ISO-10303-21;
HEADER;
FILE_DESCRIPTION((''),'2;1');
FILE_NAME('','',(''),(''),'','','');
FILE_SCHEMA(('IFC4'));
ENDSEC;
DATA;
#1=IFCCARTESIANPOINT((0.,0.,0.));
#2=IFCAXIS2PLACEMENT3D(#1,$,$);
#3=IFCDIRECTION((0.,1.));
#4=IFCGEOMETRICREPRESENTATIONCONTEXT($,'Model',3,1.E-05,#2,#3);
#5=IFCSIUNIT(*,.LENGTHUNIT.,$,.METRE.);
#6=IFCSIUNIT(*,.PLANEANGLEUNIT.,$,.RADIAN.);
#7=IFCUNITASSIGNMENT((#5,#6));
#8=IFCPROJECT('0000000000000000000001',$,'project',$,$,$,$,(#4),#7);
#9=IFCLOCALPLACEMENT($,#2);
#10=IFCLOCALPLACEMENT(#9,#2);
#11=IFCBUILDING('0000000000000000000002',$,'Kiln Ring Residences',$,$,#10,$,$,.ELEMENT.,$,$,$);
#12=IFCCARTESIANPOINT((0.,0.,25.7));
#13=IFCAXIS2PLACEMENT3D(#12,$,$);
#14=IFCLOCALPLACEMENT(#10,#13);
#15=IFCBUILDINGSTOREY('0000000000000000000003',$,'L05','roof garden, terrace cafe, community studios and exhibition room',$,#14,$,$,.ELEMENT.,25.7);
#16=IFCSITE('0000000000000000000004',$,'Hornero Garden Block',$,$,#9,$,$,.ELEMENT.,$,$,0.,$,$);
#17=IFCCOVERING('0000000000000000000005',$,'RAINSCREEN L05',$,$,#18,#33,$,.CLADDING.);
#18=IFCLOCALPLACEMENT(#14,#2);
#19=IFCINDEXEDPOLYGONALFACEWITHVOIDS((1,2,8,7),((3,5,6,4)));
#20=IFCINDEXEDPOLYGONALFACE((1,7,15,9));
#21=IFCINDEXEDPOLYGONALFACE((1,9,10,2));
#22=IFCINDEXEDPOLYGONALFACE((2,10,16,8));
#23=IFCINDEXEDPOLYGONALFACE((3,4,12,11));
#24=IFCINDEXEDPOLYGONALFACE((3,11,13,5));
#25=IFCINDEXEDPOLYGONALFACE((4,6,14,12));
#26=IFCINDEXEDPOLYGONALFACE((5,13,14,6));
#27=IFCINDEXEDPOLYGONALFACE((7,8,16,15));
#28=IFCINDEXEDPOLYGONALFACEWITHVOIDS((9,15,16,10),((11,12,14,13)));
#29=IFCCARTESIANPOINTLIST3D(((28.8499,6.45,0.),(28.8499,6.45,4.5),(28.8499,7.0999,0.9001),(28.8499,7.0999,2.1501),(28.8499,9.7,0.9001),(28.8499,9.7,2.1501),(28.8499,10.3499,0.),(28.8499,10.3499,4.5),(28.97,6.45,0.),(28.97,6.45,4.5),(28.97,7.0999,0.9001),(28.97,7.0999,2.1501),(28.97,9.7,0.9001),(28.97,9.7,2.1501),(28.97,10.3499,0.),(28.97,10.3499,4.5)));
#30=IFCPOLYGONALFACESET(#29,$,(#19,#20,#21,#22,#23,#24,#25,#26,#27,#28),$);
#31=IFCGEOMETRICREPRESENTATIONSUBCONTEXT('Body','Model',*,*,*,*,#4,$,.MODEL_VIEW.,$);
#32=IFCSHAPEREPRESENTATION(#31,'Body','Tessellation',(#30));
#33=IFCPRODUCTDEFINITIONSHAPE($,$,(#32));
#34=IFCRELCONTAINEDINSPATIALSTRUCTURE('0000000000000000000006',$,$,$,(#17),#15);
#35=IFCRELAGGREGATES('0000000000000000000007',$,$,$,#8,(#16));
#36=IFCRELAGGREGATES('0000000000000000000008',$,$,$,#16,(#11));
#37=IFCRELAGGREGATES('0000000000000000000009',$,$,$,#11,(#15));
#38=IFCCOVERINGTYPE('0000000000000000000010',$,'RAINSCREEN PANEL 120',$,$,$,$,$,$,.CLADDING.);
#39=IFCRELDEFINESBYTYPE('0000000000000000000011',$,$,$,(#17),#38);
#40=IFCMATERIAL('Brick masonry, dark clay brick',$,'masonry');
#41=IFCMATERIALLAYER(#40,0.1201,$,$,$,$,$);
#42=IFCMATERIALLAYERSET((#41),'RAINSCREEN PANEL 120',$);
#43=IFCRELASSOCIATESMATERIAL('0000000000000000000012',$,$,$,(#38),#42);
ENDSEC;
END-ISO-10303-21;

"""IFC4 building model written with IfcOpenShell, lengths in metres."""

from ifc_helpers import new_model, si_unit, direction, frame, origin, place, context, subcontext, project, spatial, polyline, outline, extrude, material, layer, layer_set, type_object, element, save


model = new_model("IFC4")

# Units and contexts
model_context = context("Model", 3, precision=1e-05, world=origin(), true_north=direction((0.0, 1.0)))
body_context = subcontext(model_context, "Body", "Model", "MODEL_VIEW")
ifc_project = project(units=[si_unit("LENGTHUNIT", "METRE"), si_unit("PLANEANGLEUNIT", "RADIAN")], contexts=[model_context])

# Site, building, storey
site_placement = place(None, origin())
site = spatial("IfcSite", under=ifc_project, at=site_placement, Name="Hornero Garden Block", CompositionType="ELEMENT", RefElevation=0.0)
building_placement = place(site_placement, origin())
building = spatial("IfcBuilding", under=site, at=building_placement, Name="Kiln Ring Residences", CompositionType="ELEMENT")
storey_placement = place(building_placement, frame((0.0, 0.0, 25.7)))
storey = spatial("IfcBuildingStorey", under=building, at=storey_placement, Name="L05", Description="roof garden, terrace cafe, community studios and exhibition room", CompositionType="ELEMENT", Elevation=25.7)

# Covering
ifc_material_1 = material(Name="Brick masonry, dark clay brick", Category="masonry")
ifc_layer_1 = layer(ifc_material_1, 0.1201)
ifc_layer_set_1 = layer_set([ifc_layer_1], Name="RAINSCREEN PANEL 120")
covering_type = type_object("IfcCoveringType", Name="RAINSCREEN PANEL 120", PredefinedType="CLADDING", material=ifc_layer_set_1)
covering_placement = place(storey_placement, frame((28.9099, 6.45, 0.0), z_axis=(0.0, 0.0, 1.0), x_axis=(0.0, 1.0, 0.0)))
element("IfcCovering", 1, at=covering_placement, inside=storey, type_object=covering_type, Name="RAINSCREEN L05", PredefinedType="CLADDING", context=body_context, shape_type="SweptSolid", body=[
    extrude(outline(polyline([(0.0, 0.0), (3.8999, 0.0), (3.8999, 4.5), (0.0, 4.5), (0.0, 0.0)]), holes=[polyline([(0.6499, 2.1501), (0.6499, 0.9001), (3.25, 0.9001), (3.25, 2.1501), (0.6499, 2.1501)])]), frame((0.0, 0.0601, 0.0), z_axis=(0.0, -1.0, 0.0), x_axis=(1.0, 0.0, 0.0)), (0.0, 0.0, 1.0), 0.1201),
])

save(model, "model.ifc")
